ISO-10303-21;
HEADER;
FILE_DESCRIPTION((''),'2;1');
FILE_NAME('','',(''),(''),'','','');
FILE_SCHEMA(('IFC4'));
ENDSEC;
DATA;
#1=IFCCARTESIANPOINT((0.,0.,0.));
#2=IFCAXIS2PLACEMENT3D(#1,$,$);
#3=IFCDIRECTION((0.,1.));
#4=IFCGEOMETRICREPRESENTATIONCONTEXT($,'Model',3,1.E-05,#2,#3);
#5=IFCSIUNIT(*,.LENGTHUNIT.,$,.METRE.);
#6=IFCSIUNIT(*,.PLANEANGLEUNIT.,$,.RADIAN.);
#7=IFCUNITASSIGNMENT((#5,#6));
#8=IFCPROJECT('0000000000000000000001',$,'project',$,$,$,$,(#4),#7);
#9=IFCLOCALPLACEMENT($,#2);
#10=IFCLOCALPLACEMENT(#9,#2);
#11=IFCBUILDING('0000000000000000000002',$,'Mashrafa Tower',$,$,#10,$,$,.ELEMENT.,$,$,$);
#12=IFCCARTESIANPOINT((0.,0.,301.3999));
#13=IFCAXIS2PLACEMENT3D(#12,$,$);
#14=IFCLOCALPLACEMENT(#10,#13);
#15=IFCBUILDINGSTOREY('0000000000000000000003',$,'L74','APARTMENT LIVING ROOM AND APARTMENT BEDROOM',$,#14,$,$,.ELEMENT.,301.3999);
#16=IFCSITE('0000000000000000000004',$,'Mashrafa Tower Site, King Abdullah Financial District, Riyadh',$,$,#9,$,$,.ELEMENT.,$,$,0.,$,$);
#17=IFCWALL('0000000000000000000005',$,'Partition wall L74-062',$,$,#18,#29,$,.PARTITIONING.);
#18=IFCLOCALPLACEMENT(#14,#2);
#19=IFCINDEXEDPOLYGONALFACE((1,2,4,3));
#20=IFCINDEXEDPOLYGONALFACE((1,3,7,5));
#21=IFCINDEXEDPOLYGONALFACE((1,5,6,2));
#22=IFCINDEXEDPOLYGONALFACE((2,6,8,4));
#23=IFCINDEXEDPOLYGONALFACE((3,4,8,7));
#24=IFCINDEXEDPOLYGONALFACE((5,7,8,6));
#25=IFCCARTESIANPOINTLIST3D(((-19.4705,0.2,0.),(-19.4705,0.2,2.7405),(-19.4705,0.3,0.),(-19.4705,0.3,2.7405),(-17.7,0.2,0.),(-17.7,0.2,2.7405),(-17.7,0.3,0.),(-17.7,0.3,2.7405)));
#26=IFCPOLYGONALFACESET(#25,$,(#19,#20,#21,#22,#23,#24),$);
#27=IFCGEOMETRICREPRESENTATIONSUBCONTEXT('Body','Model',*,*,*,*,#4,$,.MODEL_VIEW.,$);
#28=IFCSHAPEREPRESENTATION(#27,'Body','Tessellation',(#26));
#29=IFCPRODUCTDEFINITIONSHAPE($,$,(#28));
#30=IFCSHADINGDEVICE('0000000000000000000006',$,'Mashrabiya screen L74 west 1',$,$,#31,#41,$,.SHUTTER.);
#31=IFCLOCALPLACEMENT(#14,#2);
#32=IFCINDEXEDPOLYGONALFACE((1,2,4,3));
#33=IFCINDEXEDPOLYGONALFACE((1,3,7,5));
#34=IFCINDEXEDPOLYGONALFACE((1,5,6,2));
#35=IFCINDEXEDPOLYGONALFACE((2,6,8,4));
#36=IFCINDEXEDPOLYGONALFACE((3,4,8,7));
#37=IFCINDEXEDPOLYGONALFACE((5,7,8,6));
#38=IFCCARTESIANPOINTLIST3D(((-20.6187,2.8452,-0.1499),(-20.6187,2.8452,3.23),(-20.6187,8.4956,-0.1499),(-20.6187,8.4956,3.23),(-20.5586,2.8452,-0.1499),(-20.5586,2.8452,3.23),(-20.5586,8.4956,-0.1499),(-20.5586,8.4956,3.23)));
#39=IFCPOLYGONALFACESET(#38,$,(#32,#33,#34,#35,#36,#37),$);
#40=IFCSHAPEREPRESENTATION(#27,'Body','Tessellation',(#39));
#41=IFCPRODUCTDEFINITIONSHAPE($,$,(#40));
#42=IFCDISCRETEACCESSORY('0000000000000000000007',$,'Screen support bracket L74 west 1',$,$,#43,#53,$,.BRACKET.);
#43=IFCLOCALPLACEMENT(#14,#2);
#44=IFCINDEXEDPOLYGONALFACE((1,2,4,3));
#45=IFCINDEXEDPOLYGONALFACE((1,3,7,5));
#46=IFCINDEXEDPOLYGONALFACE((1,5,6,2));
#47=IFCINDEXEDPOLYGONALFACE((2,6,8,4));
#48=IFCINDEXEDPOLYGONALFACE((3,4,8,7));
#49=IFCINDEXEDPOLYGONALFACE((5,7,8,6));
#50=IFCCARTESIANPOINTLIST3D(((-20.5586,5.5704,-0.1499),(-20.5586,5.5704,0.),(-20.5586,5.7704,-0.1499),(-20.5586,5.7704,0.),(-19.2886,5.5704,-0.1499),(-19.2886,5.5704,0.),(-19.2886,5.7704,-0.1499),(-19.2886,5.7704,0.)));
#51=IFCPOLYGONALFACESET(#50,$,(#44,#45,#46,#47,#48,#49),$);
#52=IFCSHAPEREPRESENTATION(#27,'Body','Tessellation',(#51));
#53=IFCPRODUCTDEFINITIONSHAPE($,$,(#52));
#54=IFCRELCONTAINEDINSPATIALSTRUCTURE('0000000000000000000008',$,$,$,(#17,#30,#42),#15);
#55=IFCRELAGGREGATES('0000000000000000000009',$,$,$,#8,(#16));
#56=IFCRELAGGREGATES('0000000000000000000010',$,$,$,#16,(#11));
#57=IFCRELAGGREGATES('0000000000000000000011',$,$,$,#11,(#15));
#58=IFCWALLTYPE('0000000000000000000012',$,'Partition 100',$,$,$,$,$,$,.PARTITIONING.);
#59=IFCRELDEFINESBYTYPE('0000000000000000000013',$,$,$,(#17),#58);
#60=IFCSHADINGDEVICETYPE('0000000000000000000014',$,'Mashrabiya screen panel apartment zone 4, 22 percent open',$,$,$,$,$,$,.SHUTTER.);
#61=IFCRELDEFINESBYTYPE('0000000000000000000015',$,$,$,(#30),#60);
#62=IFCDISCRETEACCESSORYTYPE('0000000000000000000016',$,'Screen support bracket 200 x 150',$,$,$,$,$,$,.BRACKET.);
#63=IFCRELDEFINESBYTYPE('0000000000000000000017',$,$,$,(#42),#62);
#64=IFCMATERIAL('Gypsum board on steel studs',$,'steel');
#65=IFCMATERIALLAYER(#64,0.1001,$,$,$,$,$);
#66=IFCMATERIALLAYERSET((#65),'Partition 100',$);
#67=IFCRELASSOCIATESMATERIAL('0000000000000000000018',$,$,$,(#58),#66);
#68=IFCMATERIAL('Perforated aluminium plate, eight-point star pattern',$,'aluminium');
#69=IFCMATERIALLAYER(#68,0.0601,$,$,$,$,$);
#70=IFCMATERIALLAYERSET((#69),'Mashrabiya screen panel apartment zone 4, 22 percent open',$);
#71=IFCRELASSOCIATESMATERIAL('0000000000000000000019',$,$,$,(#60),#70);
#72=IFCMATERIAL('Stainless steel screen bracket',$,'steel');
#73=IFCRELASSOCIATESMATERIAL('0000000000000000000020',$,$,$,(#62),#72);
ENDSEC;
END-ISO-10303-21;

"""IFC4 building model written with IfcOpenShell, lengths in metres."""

from ifc_helpers import new_model, si_unit, direction, frame, frame_2d, origin, origin_2d, place, context, subcontext, project, spatial, rectangle, extrude, source, transform, mapped, material, layer, layer_set, type_object, type_shapes, element, save


model = new_model("IFC4")

# Units and contexts
model_context = context("Model", 3, precision=1e-05, world=origin(), true_north=direction((0.0, 1.0)))
body_context = subcontext(model_context, "Body", "Model", "MODEL_VIEW")
ifc_project = project(units=[si_unit("LENGTHUNIT", "METRE"), si_unit("PLANEANGLEUNIT", "RADIAN")], contexts=[model_context])

# Site, building, storey
site_placement = place(None, origin())
site = spatial("IfcSite", under=ifc_project, at=site_placement, Name="Mashrafa Tower Site, King Abdullah Financial District, Riyadh", CompositionType="ELEMENT", RefElevation=0.0)
building_placement = place(site_placement, origin())
building = spatial("IfcBuilding", under=site, at=building_placement, Name="Mashrafa Tower", CompositionType="ELEMENT")
storey_placement = place(building_placement, frame((0.0, 0.0, 301.3999)))
storey = spatial("IfcBuildingStorey", under=building, at=storey_placement, Name="L74", Description="APARTMENT LIVING ROOM AND APARTMENT BEDROOM", CompositionType="ELEMENT", Elevation=301.3999)

# Wall
ifc_material_1 = material(Name="Gypsum board on steel studs", Category="steel")
ifc_layer_1 = layer(ifc_material_1, 0.1001)
ifc_layer_set_1 = layer_set([ifc_layer_1], Name="Partition 100")
wall_type = type_object("IfcWallType", Name="Partition 100", PredefinedType="PARTITIONING", material=ifc_layer_set_1)
wall_1_placement = place(storey_placement, frame((-17.7, 0.25, 0.0), z_axis=(0.0, 0.0, 1.0), x_axis=(-1.0, 0.0, 0.0)))
element("IfcWall", 1, at=wall_1_placement, inside=storey, type_object=wall_type, Name="Partition wall L74-062", PredefinedType="PARTITIONING", context=body_context, shape_type="SweptSolid", body=[
    extrude(rectangle(XDim=1.7705, YDim=0.1001, at=frame_2d((0.8853, 0.0))), origin(), (0.0, 0.0, 1.0), 2.7405),
])

# Shading device
ifc_material_2 = material(Name="Perforated aluminium plate, eight-point star pattern", Category="aluminium")
ifc_layer_2 = layer(ifc_material_2, 0.0601)
ifc_layer_set_2 = layer_set([ifc_layer_2], Name="Mashrabiya screen panel apartment zone 4, 22 percent open")
shading_device_type = type_object("IfcShadingDeviceType", Name="Mashrabiya screen panel apartment zone 4, 22 percent open", PredefinedType="SHUTTER", material=ifc_layer_set_2)
shared_shape_1 = source(origin(), body_context, "Body", "SweptSolid", [
    extrude(rectangle(XDim=5.6504, YDim=0.0601, at=origin_2d()), origin(), (0.0, 0.0, 1.0), 3.3799),
])
type_shapes(shading_device_type, [shared_shape_1])
shading_device_placement = place(storey_placement, frame((-20.5886, 5.6704, -0.1499), z_axis=(0.0, 0.0, 1.0), x_axis=(0.0, -1.0, 0.0)))
element("IfcShadingDevice", 2, at=shading_device_placement, inside=storey, type_object=shading_device_type, Name="Mashrabiya screen L74 west 1", PredefinedType="SHUTTER", context=body_context, shape_type="MappedRepresentation", body=[
    mapped(shared_shape_1, transform((0.0, 0.0, 0.0))),
])

# Discrete accessory
ifc_material_3 = material(Name="Stainless steel screen bracket", Category="steel")
discrete_accessory_type = type_object("IfcDiscreteAccessoryType", Name="Screen support bracket 200 x 150", PredefinedType="BRACKET", material=ifc_material_3)
shared_shape_2 = source(origin(), body_context, "Body", "SweptSolid", [
    extrude(rectangle(XDim=0.2, YDim=1.27, at=origin_2d()), origin(), (0.0, 0.0, 1.0), 0.1499),
])
type_shapes(discrete_accessory_type, [shared_shape_2])
discrete_accessory_placement = place(storey_placement, frame((-19.9236, 5.6704, -0.1499), z_axis=(0.0, 0.0, 1.0), x_axis=(0.0, -1.0, 0.0)))
element("IfcDiscreteAccessory", 3, at=discrete_accessory_placement, inside=storey, type_object=discrete_accessory_type, Name="Screen support bracket L74 west 1", PredefinedType="BRACKET", context=body_context, shape_type="MappedRepresentation", body=[
    mapped(shared_shape_2, transform((0.0, 0.0, 0.0))),
])

save(model, "model.ifc")
